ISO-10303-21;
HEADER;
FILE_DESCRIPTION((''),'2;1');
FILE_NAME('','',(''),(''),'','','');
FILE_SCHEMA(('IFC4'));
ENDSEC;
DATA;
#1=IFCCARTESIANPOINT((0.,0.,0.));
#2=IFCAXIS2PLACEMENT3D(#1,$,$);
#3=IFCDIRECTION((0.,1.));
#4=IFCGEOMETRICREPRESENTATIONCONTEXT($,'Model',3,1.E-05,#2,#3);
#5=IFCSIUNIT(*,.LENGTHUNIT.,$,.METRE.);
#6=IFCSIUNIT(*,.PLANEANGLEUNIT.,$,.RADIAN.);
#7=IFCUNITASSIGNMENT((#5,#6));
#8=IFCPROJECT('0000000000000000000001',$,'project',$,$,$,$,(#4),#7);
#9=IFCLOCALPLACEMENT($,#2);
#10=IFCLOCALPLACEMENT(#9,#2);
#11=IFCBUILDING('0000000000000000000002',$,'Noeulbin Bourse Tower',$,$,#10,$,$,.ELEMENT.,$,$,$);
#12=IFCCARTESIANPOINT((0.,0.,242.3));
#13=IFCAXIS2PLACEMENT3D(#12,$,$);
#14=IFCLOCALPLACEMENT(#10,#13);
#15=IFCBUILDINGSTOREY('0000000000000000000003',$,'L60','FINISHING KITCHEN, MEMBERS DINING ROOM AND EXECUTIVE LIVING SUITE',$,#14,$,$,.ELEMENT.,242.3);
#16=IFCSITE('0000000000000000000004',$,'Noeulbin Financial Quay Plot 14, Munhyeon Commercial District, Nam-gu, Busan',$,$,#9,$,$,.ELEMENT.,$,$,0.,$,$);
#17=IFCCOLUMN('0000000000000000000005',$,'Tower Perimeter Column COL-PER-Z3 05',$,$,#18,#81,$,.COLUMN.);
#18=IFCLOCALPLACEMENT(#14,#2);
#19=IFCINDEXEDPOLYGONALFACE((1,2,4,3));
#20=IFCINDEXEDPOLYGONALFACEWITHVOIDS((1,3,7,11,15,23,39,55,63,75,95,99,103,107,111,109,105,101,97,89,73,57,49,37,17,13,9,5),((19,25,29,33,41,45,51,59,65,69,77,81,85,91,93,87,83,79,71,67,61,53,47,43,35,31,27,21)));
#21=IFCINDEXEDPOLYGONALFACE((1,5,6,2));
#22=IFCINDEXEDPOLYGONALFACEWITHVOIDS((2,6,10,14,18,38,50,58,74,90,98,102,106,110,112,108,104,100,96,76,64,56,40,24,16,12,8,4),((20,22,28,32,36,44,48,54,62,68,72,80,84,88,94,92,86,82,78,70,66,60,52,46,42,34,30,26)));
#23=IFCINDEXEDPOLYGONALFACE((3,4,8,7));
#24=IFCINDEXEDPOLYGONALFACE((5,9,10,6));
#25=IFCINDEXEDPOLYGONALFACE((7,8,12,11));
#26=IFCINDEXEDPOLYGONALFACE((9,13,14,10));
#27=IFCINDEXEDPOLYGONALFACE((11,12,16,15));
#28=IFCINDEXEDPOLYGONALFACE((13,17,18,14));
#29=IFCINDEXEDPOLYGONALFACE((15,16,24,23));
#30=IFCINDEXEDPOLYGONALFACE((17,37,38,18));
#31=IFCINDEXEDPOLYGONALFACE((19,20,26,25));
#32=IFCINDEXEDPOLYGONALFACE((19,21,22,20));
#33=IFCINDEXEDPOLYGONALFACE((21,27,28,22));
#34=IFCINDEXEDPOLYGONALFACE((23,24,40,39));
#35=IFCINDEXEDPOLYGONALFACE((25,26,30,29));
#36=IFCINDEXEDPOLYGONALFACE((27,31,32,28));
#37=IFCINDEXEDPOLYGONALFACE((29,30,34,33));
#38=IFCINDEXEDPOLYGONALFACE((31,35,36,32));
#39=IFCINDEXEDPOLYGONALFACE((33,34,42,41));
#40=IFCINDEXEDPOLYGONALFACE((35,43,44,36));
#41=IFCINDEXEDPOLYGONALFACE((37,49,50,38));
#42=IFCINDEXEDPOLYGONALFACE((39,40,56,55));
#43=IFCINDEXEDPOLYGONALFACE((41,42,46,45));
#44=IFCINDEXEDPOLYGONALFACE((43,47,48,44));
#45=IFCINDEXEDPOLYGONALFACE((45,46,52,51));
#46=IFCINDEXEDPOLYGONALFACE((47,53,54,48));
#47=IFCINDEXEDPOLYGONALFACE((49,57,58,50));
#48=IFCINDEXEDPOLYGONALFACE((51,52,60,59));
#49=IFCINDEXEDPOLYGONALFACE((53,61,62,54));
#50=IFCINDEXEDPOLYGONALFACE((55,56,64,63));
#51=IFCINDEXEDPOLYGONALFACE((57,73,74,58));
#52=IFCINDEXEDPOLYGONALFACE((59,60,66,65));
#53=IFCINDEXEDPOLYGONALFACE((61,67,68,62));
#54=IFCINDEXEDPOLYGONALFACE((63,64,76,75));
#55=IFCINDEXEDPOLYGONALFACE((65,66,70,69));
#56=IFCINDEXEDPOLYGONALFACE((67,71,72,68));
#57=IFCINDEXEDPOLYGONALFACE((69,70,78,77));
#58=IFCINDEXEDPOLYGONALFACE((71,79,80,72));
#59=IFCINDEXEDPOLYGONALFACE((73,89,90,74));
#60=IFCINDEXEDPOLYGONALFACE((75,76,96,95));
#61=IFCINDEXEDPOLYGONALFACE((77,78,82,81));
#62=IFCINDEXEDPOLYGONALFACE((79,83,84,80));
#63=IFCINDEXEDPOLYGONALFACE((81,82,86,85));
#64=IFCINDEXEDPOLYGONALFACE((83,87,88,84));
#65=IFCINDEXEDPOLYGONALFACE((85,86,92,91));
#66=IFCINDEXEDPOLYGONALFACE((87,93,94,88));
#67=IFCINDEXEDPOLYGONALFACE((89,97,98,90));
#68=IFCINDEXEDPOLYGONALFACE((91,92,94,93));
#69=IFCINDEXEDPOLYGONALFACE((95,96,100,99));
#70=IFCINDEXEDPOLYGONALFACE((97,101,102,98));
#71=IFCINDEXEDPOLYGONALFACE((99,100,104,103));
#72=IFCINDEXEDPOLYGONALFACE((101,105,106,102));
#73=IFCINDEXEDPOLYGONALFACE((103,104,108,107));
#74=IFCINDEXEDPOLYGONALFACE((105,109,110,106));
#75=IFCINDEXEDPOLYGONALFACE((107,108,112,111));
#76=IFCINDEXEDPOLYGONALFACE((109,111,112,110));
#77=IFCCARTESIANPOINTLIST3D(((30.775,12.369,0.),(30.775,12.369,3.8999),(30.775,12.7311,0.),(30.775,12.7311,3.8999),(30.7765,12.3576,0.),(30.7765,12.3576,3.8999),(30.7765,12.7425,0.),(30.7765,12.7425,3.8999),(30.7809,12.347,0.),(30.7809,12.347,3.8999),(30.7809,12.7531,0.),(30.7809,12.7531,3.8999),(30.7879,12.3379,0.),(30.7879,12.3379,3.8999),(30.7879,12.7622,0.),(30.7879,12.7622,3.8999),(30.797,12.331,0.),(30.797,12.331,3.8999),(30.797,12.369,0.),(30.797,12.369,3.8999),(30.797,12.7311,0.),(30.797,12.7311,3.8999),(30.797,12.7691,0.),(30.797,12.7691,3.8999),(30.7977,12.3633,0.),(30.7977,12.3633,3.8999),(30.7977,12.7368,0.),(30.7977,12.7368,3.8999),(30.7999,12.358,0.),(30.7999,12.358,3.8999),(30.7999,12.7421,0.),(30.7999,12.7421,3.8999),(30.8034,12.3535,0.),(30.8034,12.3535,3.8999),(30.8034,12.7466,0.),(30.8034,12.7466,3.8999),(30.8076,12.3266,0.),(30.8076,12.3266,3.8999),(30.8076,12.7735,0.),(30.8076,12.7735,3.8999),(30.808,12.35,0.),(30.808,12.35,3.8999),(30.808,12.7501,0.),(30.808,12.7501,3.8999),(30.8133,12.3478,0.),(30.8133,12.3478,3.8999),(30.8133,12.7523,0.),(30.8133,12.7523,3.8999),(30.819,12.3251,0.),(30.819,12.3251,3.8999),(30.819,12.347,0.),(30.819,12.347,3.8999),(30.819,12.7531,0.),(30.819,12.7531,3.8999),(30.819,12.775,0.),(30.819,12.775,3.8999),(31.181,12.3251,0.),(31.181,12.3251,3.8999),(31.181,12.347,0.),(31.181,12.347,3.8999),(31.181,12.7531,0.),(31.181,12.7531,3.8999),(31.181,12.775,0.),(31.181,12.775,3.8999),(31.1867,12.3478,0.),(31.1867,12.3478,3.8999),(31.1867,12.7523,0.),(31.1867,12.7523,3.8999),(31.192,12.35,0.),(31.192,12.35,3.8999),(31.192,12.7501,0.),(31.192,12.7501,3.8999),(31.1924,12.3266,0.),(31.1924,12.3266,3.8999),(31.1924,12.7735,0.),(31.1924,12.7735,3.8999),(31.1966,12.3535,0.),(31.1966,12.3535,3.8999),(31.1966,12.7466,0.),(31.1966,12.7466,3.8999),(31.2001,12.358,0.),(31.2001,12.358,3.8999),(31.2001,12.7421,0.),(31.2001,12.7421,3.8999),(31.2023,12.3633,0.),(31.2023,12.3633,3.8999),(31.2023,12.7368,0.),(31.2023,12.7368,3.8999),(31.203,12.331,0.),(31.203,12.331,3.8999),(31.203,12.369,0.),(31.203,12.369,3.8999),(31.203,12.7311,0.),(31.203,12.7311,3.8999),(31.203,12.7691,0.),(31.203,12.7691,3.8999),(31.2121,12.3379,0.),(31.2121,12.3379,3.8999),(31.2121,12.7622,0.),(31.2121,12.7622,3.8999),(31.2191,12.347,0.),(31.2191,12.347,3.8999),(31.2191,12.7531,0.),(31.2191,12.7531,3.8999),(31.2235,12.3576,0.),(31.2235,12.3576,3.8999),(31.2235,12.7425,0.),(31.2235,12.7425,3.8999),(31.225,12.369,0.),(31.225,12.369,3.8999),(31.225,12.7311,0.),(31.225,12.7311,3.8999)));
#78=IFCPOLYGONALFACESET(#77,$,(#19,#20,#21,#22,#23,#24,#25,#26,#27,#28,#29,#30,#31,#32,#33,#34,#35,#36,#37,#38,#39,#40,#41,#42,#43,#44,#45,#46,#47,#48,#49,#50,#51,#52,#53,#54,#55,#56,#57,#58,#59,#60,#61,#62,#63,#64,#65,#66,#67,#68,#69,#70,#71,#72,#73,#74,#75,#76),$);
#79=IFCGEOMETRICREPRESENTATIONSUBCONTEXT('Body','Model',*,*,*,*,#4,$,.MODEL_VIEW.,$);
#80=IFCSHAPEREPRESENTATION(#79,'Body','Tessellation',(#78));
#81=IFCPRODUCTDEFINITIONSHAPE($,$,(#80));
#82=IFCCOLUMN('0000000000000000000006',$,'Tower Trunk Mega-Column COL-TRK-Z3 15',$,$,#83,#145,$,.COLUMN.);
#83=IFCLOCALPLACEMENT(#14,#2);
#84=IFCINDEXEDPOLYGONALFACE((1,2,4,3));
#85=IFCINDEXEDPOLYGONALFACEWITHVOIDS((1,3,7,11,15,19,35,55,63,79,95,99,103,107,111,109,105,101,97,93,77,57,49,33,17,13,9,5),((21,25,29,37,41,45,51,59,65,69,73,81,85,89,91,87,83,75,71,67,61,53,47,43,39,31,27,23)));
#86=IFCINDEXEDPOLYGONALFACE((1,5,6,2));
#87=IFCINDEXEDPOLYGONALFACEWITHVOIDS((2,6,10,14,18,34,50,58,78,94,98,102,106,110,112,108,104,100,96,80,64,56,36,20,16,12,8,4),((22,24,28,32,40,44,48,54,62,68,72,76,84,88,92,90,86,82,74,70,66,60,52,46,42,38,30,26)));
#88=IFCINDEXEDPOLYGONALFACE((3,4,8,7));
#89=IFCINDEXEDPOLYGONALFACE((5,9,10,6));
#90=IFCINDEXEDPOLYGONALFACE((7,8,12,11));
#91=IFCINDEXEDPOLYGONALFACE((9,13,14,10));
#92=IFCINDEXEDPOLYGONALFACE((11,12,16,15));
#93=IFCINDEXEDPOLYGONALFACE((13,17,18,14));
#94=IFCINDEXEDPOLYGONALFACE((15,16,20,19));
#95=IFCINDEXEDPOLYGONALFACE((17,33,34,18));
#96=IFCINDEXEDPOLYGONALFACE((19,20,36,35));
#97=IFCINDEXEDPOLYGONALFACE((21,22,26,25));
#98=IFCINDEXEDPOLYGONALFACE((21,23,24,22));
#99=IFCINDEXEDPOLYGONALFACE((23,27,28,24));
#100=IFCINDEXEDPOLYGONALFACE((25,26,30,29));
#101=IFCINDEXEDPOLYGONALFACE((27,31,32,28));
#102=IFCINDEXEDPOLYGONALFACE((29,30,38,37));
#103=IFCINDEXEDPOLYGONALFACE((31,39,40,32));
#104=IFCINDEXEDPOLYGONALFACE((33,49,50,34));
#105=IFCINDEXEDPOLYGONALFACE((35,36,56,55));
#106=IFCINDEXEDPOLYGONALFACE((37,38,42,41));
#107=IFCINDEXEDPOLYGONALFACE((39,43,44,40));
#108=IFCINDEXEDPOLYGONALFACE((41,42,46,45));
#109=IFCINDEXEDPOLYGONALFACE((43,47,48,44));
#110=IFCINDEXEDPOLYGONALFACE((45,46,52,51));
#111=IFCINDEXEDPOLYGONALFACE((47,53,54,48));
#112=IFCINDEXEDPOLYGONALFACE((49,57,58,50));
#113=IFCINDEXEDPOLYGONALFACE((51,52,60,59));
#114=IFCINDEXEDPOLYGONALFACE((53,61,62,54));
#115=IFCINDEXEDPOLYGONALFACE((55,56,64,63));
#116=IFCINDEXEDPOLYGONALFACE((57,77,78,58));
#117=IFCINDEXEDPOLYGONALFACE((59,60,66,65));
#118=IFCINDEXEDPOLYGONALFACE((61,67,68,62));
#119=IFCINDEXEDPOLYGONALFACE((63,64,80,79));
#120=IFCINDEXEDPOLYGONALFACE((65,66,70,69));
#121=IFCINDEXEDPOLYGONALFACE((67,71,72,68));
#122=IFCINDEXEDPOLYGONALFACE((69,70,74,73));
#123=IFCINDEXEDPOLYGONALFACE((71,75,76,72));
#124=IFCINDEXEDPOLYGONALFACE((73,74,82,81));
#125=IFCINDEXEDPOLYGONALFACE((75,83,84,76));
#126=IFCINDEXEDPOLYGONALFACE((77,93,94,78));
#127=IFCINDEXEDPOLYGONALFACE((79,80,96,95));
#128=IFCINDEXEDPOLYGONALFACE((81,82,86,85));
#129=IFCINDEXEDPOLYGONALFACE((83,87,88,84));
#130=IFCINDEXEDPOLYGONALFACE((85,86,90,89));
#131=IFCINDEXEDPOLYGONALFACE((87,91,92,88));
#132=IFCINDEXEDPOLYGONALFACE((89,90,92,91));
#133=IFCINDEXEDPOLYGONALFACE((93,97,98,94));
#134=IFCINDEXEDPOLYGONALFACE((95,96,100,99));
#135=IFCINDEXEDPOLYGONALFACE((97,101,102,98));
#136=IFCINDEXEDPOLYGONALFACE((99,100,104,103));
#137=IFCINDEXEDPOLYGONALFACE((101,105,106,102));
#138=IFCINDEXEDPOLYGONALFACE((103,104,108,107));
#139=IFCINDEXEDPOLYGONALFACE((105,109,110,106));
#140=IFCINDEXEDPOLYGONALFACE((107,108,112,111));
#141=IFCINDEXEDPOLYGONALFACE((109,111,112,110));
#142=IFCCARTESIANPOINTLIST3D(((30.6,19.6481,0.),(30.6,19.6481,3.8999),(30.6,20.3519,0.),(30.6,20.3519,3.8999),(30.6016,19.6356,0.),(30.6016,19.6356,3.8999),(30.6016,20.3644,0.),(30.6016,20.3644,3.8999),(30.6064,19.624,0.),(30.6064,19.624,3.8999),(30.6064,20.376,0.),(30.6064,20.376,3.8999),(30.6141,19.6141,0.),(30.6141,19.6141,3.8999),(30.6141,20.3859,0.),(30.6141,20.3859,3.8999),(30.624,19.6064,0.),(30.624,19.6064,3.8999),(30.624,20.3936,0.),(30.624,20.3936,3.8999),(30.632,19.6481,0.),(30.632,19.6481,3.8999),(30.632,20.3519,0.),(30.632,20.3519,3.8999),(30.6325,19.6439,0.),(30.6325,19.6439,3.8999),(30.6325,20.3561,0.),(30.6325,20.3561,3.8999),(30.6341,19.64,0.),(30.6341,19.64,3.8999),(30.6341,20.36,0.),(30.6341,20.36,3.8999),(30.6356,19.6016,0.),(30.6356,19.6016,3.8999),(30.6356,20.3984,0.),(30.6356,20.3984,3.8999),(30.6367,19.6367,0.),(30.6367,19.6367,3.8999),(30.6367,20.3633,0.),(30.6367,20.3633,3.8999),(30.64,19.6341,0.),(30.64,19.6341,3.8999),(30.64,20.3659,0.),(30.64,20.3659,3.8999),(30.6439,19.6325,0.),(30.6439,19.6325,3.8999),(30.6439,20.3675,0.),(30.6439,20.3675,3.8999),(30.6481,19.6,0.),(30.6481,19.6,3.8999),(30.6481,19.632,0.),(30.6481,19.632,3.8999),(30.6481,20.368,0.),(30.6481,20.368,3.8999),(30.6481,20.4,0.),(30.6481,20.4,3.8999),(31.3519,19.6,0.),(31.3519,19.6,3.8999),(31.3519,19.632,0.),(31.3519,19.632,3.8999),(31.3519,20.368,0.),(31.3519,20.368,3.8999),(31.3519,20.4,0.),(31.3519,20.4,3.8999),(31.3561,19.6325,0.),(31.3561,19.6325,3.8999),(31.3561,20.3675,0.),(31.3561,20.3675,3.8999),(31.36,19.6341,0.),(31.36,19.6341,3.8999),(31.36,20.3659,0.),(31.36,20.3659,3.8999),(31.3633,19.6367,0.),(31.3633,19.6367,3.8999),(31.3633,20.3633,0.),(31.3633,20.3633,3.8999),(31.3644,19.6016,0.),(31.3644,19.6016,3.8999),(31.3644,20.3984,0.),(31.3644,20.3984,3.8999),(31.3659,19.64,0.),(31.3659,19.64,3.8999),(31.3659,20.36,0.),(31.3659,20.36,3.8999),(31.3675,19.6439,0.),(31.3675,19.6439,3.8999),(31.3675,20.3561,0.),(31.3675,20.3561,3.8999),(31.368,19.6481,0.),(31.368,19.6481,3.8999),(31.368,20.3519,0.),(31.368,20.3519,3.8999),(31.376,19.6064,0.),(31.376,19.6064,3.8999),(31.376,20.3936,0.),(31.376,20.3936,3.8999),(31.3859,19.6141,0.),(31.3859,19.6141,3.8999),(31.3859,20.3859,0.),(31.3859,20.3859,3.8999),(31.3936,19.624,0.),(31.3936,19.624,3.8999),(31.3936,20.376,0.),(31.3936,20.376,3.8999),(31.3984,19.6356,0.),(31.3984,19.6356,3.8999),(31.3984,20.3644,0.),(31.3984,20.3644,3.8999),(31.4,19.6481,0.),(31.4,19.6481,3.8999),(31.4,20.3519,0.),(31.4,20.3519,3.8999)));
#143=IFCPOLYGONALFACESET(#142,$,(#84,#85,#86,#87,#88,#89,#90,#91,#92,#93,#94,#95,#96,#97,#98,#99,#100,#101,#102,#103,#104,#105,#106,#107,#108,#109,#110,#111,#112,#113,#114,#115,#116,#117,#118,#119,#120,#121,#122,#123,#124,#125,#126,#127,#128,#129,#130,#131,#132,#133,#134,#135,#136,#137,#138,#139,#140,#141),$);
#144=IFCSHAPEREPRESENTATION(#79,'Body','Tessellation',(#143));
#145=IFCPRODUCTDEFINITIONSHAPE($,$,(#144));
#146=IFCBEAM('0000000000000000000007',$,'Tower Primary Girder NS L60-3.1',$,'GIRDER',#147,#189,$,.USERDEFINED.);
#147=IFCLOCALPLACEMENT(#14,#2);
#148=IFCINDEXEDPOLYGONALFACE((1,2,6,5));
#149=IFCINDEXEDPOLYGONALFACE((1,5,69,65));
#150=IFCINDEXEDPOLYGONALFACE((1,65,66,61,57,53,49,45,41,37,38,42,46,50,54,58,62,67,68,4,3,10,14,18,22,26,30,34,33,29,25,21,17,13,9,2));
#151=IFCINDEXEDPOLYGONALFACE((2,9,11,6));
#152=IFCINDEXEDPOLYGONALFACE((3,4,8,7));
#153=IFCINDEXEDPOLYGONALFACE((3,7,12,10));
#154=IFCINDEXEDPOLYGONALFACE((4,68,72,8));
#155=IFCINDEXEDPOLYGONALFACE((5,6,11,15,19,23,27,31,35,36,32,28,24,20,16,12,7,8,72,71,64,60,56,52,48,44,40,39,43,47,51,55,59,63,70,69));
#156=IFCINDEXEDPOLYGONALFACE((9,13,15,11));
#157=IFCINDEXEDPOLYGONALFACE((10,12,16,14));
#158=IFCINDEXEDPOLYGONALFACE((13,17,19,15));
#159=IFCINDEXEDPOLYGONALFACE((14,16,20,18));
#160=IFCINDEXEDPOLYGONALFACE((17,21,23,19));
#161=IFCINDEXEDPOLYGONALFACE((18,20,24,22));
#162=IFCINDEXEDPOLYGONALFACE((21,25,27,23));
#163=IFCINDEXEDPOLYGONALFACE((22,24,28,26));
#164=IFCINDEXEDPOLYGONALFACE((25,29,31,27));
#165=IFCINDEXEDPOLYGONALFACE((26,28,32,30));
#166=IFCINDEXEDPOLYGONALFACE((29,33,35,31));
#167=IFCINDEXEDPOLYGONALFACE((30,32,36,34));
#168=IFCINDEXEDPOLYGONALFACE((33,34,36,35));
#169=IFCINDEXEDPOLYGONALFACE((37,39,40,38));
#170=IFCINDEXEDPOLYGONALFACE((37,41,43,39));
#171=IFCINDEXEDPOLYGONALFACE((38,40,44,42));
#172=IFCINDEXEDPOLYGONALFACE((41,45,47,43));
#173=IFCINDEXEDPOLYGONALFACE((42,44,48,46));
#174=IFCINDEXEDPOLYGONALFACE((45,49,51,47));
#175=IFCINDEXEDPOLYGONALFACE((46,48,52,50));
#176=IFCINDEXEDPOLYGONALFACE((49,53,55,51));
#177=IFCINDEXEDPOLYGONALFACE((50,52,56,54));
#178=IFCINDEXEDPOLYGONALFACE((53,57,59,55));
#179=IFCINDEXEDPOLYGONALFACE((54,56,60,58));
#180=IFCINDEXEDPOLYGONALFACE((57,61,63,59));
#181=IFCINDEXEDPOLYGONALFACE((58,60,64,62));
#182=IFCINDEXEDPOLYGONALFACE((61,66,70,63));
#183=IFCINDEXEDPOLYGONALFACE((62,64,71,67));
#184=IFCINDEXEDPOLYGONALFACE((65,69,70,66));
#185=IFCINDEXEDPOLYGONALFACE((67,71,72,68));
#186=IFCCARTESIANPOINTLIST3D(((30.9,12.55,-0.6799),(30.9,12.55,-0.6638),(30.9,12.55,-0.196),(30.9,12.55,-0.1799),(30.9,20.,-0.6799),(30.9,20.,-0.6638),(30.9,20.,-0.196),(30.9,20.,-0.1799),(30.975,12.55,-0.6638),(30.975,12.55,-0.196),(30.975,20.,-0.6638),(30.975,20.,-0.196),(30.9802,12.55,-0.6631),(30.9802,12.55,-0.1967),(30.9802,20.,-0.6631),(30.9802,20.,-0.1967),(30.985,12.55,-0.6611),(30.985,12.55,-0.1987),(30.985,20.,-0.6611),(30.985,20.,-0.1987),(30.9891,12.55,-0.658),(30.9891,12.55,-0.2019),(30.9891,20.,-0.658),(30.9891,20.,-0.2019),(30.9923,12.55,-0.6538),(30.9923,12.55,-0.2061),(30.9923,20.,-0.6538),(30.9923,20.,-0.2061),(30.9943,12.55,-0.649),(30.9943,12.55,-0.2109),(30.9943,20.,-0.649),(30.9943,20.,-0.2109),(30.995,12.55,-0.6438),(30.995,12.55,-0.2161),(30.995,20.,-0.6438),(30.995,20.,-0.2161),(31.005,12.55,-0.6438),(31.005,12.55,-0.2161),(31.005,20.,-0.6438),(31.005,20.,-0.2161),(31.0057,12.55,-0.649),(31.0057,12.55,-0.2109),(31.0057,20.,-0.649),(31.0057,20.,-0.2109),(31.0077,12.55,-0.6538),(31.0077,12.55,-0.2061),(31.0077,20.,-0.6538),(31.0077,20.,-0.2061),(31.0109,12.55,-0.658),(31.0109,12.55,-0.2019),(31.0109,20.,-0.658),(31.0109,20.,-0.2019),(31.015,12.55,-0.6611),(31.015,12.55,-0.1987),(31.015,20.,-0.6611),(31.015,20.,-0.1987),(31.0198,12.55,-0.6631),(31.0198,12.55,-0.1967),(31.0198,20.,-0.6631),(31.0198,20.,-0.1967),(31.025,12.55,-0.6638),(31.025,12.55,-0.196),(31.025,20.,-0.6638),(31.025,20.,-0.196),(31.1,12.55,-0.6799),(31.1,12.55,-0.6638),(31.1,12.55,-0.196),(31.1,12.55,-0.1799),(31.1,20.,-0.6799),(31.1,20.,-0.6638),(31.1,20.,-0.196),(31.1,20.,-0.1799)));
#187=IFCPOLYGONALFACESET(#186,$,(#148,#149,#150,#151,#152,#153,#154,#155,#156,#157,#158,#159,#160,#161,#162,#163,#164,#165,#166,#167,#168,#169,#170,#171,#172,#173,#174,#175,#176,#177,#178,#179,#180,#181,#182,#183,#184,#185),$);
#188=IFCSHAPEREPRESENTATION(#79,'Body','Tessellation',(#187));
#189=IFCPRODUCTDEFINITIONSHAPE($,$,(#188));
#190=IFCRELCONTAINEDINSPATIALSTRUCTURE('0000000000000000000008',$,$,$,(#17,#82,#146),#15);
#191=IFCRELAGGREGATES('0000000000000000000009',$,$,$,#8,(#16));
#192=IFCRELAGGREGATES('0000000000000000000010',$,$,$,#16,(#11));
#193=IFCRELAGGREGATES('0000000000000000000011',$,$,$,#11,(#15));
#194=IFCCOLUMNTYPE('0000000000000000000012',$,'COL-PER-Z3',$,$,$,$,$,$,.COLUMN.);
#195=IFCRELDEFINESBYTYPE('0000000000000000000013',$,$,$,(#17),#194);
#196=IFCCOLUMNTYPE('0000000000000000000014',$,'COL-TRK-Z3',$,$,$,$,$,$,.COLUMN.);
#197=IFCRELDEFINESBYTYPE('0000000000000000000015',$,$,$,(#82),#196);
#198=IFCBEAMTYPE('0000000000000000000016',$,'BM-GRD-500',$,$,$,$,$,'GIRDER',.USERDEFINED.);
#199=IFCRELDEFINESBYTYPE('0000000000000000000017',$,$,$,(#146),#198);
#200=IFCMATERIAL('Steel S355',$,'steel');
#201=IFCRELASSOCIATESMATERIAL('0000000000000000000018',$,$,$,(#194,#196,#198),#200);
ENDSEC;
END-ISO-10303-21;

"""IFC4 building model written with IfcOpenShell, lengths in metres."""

from ifc_helpers import new_model, si_unit, direction, frame, origin, origin_2d, place, context, subcontext, project, spatial, hollow_rectangle, i_section, extrude, material, material_profile, profile_set, type_object, element, save


model = new_model("IFC4")

# Units and contexts
model_context = context("Model", 3, precision=1e-05, world=origin(), true_north=direction((0.0, 1.0)))
body_context = subcontext(model_context, "Body", "Model", "MODEL_VIEW")
ifc_project = project(units=[si_unit("LENGTHUNIT", "METRE"), si_unit("PLANEANGLEUNIT", "RADIAN")], contexts=[model_context])

# Site, building, storey
site_placement = place(None, origin())
site = spatial("IfcSite", under=ifc_project, at=site_placement, Name="Noeulbin Financial Quay Plot 14, Munhyeon Commercial District, Nam-gu, Busan", CompositionType="ELEMENT", RefElevation=0.0)
building_placement = place(site_placement, origin())
building = spatial("IfcBuilding", under=site, at=building_placement, Name="Noeulbin Bourse Tower", CompositionType="ELEMENT")
storey_placement = place(building_placement, frame((0.0, 0.0, 242.3)))
storey = spatial("IfcBuildingStorey", under=building, at=storey_placement, Name="L60", Description="FINISHING KITCHEN, MEMBERS DINING ROOM AND EXECUTIVE LIVING SUITE", CompositionType="ELEMENT", Elevation=242.3)

# Columns
ifc_material_1 = material(Name="Steel S355", Category="steel")
ifc_material_profile_1 = material_profile(ifc_material_1, hollow_rectangle(XDim=0.45, YDim=0.45, WallThickness=0.022, InnerFilletRadius=0.022, OuterFilletRadius=0.0439, at=origin_2d()), Name="SHS-450x450x22", Category="LoadBearing")
ifc_profile_set_1 = profile_set([ifc_material_profile_1], Name="Steel S355")
column_type_1 = type_object("IfcColumnType", Name="COL-PER-Z3", PredefinedType="COLUMN", material=ifc_profile_set_1)
column_1_placement = place(storey_placement, frame((31.0, 12.55, 0.0), z_axis=(0.0, 0.0, 1.0), x_axis=(1.0, 0.0, 0.0)))
element("IfcColumn", 1, at=column_1_placement, inside=storey, type_object=column_type_1, Name="Tower Perimeter Column COL-PER-Z3 05", PredefinedType="COLUMN", context=body_context, shape_type="SweptSolid", body=[
    extrude(hollow_rectangle(XDim=0.45, YDim=0.45, WallThickness=0.022, InnerFilletRadius=0.022, OuterFilletRadius=0.0439, at=origin_2d()), origin(), (0.0, 0.0, 1.0), 3.8999),
])
ifc_material_profile_2 = material_profile(ifc_material_1, hollow_rectangle(XDim=0.8, YDim=0.8, WallThickness=0.032, InnerFilletRadius=0.0161, OuterFilletRadius=0.0481, at=origin_2d()), Name="BOX-800x800x32", Category="LoadBearing")
ifc_profile_set_2 = profile_set([ifc_material_profile_2], Name="Steel S355")
column_type_2 = type_object("IfcColumnType", Name="COL-TRK-Z3", PredefinedType="COLUMN", material=ifc_profile_set_2)
column_2_placement = place(storey_placement, frame((31.0, 20.0, 0.0), z_axis=(0.0, 0.0, 1.0), x_axis=(1.0, 0.0, 0.0)))
element("IfcColumn", 2, at=column_2_placement, inside=storey, type_object=column_type_2, Name="Tower Trunk Mega-Column COL-TRK-Z3 15", PredefinedType="COLUMN", context=body_context, shape_type="SweptSolid", body=[
    extrude(hollow_rectangle(XDim=0.8, YDim=0.8, WallThickness=0.032, InnerFilletRadius=0.0161, OuterFilletRadius=0.0481, at=origin_2d()), origin(), (0.0, 0.0, 1.0), 3.8999),
])

# Beam
ifc_material_profile_3 = material_profile(ifc_material_1, i_section(OverallWidth=0.2, OverallDepth=0.5, WebThickness=0.01, FlangeThickness=0.0161, FilletRadius=0.02, at=origin_2d()), Name="H-500x200x10x16", Category="LoadBearing")
ifc_profile_set_3 = profile_set([ifc_material_profile_3], Name="Steel S355")
beam_type_1 = type_object("IfcBeamType", Name="BM-GRD-500", ElementType="GIRDER", PredefinedType="USERDEFINED", material=ifc_profile_set_3)
beam_1_placement = place(storey_placement, frame((31.0, 12.55, -0.4299), z_axis=(0.0, 1.0, 0.0), x_axis=(-1.0, 0.0, 0.0)))
element("IfcBeam", 3, at=beam_1_placement, inside=storey, type_object=beam_type_1, Name="Tower Primary Girder NS L60-3.1", ObjectType="GIRDER", PredefinedType="USERDEFINED", context=body_context, shape_type="SweptSolid", body=[
    extrude(i_section(OverallWidth=0.2, OverallDepth=0.5, WebThickness=0.01, FlangeThickness=0.0161, FilletRadius=0.02, at=origin_2d()), origin(), (0.0, 0.0, 1.0), 7.45),
])

save(model, "model.ifc")
